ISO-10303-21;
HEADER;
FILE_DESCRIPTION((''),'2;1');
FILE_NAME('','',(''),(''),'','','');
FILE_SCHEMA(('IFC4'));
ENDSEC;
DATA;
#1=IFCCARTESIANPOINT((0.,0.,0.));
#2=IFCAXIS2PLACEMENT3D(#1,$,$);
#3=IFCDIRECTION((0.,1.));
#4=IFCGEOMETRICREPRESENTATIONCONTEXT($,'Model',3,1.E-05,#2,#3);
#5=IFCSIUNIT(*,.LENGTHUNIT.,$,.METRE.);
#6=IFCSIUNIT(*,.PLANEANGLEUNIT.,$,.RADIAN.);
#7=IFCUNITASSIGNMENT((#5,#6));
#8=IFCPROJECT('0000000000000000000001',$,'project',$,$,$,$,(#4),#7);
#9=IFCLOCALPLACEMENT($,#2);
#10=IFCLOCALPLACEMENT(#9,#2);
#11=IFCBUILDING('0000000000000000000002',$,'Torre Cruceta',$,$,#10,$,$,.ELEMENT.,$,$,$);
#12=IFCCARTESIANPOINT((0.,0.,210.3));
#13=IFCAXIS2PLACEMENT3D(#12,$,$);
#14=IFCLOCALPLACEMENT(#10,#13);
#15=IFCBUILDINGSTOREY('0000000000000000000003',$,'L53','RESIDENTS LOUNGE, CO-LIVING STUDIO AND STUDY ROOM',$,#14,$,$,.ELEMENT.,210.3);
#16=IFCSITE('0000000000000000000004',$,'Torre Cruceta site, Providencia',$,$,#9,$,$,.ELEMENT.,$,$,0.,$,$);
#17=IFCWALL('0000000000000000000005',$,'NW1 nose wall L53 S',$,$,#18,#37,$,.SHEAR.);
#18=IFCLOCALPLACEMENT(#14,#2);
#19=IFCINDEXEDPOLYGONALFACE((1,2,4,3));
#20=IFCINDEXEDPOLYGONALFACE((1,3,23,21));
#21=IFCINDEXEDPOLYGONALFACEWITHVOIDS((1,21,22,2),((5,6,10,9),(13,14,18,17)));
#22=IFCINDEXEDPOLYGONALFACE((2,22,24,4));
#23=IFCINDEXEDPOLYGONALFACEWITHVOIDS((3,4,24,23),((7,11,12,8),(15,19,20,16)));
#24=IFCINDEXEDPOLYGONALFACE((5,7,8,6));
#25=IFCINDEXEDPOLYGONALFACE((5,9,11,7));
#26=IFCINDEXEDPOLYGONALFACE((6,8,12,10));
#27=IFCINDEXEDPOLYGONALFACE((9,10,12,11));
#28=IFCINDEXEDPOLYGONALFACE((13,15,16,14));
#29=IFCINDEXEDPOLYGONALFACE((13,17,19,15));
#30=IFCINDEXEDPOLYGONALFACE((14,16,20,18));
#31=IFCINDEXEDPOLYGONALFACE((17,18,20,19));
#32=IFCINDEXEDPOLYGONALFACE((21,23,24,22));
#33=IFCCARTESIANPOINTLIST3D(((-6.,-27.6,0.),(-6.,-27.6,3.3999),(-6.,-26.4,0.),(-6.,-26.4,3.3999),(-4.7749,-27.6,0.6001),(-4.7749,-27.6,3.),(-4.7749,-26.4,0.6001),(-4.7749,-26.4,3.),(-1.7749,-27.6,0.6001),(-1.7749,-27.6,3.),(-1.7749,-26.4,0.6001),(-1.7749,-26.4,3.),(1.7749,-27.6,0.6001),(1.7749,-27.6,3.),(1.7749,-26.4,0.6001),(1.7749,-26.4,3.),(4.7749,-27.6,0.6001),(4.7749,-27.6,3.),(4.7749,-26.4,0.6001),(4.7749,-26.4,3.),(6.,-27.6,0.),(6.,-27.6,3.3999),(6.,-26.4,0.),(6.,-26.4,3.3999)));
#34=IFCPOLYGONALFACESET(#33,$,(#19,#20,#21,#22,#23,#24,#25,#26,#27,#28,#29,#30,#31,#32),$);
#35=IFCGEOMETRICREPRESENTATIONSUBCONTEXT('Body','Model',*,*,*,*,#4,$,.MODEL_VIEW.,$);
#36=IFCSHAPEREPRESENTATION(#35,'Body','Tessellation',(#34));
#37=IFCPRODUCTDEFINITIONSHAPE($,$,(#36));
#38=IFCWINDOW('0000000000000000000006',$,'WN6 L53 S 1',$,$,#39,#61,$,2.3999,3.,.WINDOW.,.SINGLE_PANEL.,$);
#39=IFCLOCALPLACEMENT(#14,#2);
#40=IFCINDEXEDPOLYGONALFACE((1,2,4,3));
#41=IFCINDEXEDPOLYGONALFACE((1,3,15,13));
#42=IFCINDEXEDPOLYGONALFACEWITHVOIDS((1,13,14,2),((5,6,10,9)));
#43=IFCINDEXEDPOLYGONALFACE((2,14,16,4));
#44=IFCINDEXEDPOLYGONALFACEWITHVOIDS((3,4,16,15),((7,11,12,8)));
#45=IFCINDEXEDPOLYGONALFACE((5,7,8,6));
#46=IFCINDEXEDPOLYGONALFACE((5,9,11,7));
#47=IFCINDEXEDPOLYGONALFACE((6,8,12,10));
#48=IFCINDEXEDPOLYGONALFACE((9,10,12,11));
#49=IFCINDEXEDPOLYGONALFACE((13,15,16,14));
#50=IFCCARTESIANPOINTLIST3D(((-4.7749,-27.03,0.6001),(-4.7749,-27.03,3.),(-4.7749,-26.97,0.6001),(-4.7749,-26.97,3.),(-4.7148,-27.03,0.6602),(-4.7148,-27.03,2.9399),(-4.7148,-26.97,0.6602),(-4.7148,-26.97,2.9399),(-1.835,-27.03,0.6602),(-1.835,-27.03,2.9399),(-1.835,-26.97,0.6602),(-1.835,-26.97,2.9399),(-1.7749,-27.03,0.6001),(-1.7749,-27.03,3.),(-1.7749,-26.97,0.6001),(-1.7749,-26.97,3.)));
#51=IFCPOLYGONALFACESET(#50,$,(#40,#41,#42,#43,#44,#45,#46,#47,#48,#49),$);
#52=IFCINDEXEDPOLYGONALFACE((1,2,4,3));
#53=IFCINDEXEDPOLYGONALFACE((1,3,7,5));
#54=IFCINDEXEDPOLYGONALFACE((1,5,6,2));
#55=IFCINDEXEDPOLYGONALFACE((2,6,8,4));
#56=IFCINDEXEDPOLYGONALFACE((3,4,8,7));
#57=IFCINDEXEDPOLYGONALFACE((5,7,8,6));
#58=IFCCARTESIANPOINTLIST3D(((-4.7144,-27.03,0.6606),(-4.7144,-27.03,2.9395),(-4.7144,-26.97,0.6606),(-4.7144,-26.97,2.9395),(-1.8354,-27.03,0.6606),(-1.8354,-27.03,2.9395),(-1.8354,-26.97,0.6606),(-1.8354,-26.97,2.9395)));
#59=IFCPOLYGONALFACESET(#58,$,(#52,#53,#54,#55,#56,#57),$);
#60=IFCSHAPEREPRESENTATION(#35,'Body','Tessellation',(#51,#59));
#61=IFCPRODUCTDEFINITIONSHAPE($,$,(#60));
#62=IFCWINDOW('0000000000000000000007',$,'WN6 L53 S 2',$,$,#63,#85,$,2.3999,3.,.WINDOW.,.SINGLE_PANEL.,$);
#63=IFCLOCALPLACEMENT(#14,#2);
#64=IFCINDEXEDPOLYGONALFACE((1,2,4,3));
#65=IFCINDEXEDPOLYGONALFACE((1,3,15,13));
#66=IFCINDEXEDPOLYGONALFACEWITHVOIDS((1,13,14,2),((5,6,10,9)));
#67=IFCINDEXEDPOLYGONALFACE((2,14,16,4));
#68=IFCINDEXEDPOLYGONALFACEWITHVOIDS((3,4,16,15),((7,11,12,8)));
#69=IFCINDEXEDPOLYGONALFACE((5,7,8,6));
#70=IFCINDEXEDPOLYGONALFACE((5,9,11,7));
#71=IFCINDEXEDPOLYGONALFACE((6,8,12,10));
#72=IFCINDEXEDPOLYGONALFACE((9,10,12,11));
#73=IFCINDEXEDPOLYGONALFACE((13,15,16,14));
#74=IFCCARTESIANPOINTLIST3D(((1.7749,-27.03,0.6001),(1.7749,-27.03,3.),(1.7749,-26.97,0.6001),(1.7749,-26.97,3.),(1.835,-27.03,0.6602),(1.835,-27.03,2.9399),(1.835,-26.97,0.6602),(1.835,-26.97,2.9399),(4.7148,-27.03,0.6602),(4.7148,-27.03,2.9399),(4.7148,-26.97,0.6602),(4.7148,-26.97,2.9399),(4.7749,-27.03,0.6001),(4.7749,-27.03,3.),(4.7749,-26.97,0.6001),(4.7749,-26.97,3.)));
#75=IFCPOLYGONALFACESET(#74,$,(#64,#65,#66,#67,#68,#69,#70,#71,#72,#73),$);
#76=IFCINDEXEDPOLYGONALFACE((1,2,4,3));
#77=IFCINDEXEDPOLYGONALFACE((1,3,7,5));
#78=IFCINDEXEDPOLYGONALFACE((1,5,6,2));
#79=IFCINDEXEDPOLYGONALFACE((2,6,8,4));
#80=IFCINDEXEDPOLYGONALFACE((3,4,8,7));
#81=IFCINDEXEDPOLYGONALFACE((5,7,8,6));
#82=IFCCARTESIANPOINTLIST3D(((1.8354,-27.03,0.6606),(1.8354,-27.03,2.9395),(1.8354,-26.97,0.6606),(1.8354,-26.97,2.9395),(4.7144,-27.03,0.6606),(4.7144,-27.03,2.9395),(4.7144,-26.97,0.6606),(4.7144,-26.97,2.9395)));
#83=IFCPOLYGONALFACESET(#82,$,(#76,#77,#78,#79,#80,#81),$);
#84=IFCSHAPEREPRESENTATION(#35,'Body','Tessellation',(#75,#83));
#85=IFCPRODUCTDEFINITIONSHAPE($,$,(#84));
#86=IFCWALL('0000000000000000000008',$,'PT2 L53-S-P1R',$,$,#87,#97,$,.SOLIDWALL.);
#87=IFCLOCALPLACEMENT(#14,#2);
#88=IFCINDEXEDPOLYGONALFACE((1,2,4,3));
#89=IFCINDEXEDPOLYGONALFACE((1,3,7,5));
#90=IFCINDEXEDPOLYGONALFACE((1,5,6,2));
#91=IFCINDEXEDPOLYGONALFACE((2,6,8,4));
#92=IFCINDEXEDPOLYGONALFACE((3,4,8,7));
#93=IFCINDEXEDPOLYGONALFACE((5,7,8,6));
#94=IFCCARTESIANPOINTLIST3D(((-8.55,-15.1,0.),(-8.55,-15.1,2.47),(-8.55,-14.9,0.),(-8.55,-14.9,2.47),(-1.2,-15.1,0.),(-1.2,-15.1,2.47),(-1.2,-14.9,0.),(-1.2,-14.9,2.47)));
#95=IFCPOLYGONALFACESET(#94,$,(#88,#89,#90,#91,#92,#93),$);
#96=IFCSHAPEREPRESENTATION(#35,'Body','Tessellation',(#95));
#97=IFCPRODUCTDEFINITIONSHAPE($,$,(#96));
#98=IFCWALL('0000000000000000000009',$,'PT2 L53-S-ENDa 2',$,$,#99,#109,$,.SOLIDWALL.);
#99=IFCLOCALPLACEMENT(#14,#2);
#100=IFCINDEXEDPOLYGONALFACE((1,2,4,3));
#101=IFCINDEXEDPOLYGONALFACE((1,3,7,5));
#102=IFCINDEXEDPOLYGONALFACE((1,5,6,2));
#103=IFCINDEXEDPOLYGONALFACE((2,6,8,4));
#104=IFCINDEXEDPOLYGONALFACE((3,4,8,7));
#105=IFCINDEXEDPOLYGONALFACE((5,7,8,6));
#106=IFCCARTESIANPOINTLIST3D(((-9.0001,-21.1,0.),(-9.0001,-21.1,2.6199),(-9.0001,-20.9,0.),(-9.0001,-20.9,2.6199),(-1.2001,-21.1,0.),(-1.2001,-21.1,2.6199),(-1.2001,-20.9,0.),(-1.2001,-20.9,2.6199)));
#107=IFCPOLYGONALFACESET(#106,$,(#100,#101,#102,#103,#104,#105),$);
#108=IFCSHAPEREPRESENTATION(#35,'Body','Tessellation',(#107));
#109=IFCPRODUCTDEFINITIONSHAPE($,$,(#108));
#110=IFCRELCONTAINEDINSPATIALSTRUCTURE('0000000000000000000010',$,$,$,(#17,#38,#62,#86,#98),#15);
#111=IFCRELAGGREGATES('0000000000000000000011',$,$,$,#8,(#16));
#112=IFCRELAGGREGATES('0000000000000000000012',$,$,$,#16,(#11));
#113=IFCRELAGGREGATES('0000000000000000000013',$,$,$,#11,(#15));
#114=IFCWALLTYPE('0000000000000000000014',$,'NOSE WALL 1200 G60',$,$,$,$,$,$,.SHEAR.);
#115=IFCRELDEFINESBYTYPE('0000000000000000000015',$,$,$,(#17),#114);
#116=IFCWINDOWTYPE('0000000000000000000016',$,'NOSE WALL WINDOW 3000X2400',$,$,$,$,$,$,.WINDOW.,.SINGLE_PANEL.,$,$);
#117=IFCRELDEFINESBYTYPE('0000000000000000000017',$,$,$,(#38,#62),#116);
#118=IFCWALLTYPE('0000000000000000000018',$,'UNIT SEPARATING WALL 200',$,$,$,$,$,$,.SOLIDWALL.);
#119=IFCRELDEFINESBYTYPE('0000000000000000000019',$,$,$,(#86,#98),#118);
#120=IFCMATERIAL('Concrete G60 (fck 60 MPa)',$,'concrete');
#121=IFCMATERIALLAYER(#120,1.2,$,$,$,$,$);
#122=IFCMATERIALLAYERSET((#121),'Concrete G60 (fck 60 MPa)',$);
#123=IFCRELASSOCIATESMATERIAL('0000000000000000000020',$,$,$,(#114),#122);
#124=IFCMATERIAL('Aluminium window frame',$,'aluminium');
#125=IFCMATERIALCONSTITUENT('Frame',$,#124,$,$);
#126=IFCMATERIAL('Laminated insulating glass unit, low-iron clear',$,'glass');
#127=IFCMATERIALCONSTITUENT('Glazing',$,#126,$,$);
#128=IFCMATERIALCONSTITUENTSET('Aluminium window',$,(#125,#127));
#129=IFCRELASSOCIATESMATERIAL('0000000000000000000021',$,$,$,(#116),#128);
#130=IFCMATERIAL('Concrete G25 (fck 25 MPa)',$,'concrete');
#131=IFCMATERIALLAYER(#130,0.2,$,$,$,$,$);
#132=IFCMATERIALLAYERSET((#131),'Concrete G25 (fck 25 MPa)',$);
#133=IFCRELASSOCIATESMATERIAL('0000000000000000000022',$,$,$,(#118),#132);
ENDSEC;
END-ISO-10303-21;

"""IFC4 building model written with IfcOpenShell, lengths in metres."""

from ifc_helpers import new_model, si_unit, direction, frame, frame_2d, origin, place, context, subcontext, project, spatial, rectangle, hollow_rectangle, extrude, material, layer, layer_set, constituent, constituent_set, type_object, element, fill, save


model = new_model("IFC4")

# Units and contexts
model_context = context("Model", 3, precision=1e-05, world=origin(), true_north=direction((0.0, 1.0)))
body_context = subcontext(model_context, "Body", "Model", "MODEL_VIEW")
ifc_project = project(units=[si_unit("LENGTHUNIT", "METRE"), si_unit("PLANEANGLEUNIT", "RADIAN")], contexts=[model_context])

# Site, building, storey
site_placement = place(None, origin())
site = spatial("IfcSite", under=ifc_project, at=site_placement, Name="Torre Cruceta site, Providencia", CompositionType="ELEMENT", RefElevation=0.0)
building_placement = place(site_placement, origin())
building = spatial("IfcBuilding", under=site, at=building_placement, Name="Torre Cruceta", CompositionType="ELEMENT")
storey_placement = place(building_placement, frame((0.0, 0.0, 210.3)))
storey = spatial("IfcBuildingStorey", under=building, at=storey_placement, Name="L53", Description="RESIDENTS LOUNGE, CO-LIVING STUDIO AND STUDY ROOM", CompositionType="ELEMENT", Elevation=210.3)

# Wall, openings, windows
ifc_material_1 = material(Name="Concrete G60 (fck 60 MPa)", Category="concrete")
ifc_layer_1 = layer(ifc_material_1, 1.2)
ifc_layer_set_1 = layer_set([ifc_layer_1], Name="Concrete G60 (fck 60 MPa)")
wall_type_1 = type_object("IfcWallType", Name="NOSE WALL 1200 G60", PredefinedType="SHEAR", material=ifc_layer_set_1)
wall_1_placement = place(storey_placement, frame((-6.0, -27.0, 0.0), z_axis=(0.0, 0.0, 1.0), x_axis=(1.0, 0.0, 0.0)))
wall_1 = element("IfcWall", 1, at=wall_1_placement, inside=storey, type_object=wall_type_1, Name="NW1 nose wall L53 S", PredefinedType="SHEAR", context=body_context, shape_type="SweptSolid", body=[
    extrude(rectangle(XDim=12.0, YDim=1.2, at=frame_2d((6.0, 0.0))), origin(), (0.0, 0.0, 1.0), 3.3999),
])
opening_1_placement = place(wall_1_placement, frame((1.2251, 0.0, 0.6001)))
opening_1 = element("IfcOpeningElement", 2, at=opening_1_placement, cuts=wall_1, PredefinedType="OPENING", context=body_context, shape_type="SweptSolid", body=[
    extrude(rectangle(XDim=3.0, YDim=2.3999, at=frame_2d((1.5, 1.2))), frame((0.0, 0.6099, 0.0), z_axis=(0.0, -1.0, 0.0), x_axis=(1.0, 0.0, 0.0)), (0.0, 0.0, 1.0), 1.22),
])
opening_2_placement = place(wall_1_placement, frame((7.7749, 0.0, 0.6001)))
opening_2 = element("IfcOpeningElement", 3, at=opening_2_placement, cuts=wall_1, PredefinedType="OPENING", context=body_context, shape_type="SweptSolid", body=[
    extrude(rectangle(XDim=3.0, YDim=2.3999, at=frame_2d((1.5, 1.2))), frame((0.0, 0.6099, 0.0), z_axis=(0.0, -1.0, 0.0), x_axis=(1.0, 0.0, 0.0)), (0.0, 0.0, 1.0), 1.22),
])
ifc_material_2 = material(Name="Aluminium window frame", Category="aluminium")
ifc_constituent_1 = constituent(ifc_material_2, Name="Frame")
ifc_material_3 = material(Name="Laminated insulating glass unit, low-iron clear", Category="glass")
ifc_constituent_2 = constituent(ifc_material_3, Name="Glazing")
ifc_constituent_set = constituent_set(constituents=[ifc_constituent_1, ifc_constituent_2], Name="Aluminium window")
window_type = type_object("IfcWindowType", Name="NOSE WALL WINDOW 3000X2400", PartitioningType="SINGLE_PANEL", PredefinedType="WINDOW", material=ifc_constituent_set)
window_1_placement = place(opening_1_placement, origin())
window_1 = element("IfcWindow", 4, at=window_1_placement, inside=storey, type_object=window_type, Name="WN6 L53 S 1", OverallHeight=2.3999, OverallWidth=3.0, PartitioningType="SINGLE_PANEL", PredefinedType="WINDOW", context=body_context, shape_type="SweptSolid", body=[
    extrude(hollow_rectangle(XDim=3.0, YDim=2.3999, WallThickness=0.0601, at=frame_2d((1.5, 1.2))), frame((0.0, 0.03, 0.0), z_axis=(0.0, -1.0, 0.0), x_axis=(1.0, 0.0, 0.0)), (0.0, 0.0, 1.0), 0.0601),
    extrude(rectangle(XDim=2.8789, YDim=2.2788, at=frame_2d((1.5, 1.2))), frame((0.0, 0.03, 0.0), z_axis=(0.0, -1.0, 0.0), x_axis=(1.0, 0.0, 0.0)), (0.0, 0.0, 1.0), 0.0601),
])
fill(opening_1, window_1)
window_2_placement = place(opening_2_placement, origin())
window_2 = element("IfcWindow", 5, at=window_2_placement, inside=storey, type_object=window_type, Name="WN6 L53 S 2", OverallHeight=2.3999, OverallWidth=3.0, PartitioningType="SINGLE_PANEL", PredefinedType="WINDOW", context=body_context, shape_type="SweptSolid", body=[
    extrude(hollow_rectangle(XDim=3.0, YDim=2.3999, WallThickness=0.0601, at=frame_2d((1.5, 1.2))), frame((0.0, 0.03, 0.0), z_axis=(0.0, -1.0, 0.0), x_axis=(1.0, 0.0, 0.0)), (0.0, 0.0, 1.0), 0.0601),
    extrude(rectangle(XDim=2.8789, YDim=2.2788, at=frame_2d((1.5, 1.2))), frame((0.0, 0.03, 0.0), z_axis=(0.0, -1.0, 0.0), x_axis=(1.0, 0.0, 0.0)), (0.0, 0.0, 1.0), 0.0601),
])
fill(opening_2, window_2)

# Walls
ifc_material_4 = material(Name="Concrete G25 (fck 25 MPa)", Category="concrete")
ifc_layer_2 = layer(ifc_material_4, 0.2)
ifc_layer_set_2 = layer_set([ifc_layer_2], Name="Concrete G25 (fck 25 MPa)")
wall_type_2 = type_object("IfcWallType", Name="UNIT SEPARATING WALL 200", PredefinedType="SOLIDWALL", material=ifc_layer_set_2)
wall_2_placement = place(storey_placement, frame((-8.55, -15.0, 0.0), z_axis=(0.0, 0.0, 1.0), x_axis=(1.0, 0.0, 0.0)))
element("IfcWall", 6, at=wall_2_placement, inside=storey, type_object=wall_type_2, Name="PT2 L53-S-P1R", PredefinedType="SOLIDWALL", context=body_context, shape_type="SweptSolid", body=[
    extrude(rectangle(XDim=7.3501, YDim=0.2, at=frame_2d((3.675, 0.0))), origin(), (0.0, 0.0, 1.0), 2.47),
])
wall_3_placement = place(storey_placement, frame((-9.0, -21.0, 0.0), z_axis=(0.0, 0.0, 1.0), x_axis=(1.0, 0.0, 0.0)))
element("IfcWall", 7, at=wall_3_placement, inside=storey, type_object=wall_type_2, Name="PT2 L53-S-ENDa 2", PredefinedType="SOLIDWALL", context=body_context, shape_type="SweptSolid", body=[
    extrude(rectangle(XDim=7.8, YDim=0.2, at=frame_2d((3.8999, 0.0))), origin(), (0.0, 0.0, 1.0), 2.6199),
])

save(model, "model.ifc")
